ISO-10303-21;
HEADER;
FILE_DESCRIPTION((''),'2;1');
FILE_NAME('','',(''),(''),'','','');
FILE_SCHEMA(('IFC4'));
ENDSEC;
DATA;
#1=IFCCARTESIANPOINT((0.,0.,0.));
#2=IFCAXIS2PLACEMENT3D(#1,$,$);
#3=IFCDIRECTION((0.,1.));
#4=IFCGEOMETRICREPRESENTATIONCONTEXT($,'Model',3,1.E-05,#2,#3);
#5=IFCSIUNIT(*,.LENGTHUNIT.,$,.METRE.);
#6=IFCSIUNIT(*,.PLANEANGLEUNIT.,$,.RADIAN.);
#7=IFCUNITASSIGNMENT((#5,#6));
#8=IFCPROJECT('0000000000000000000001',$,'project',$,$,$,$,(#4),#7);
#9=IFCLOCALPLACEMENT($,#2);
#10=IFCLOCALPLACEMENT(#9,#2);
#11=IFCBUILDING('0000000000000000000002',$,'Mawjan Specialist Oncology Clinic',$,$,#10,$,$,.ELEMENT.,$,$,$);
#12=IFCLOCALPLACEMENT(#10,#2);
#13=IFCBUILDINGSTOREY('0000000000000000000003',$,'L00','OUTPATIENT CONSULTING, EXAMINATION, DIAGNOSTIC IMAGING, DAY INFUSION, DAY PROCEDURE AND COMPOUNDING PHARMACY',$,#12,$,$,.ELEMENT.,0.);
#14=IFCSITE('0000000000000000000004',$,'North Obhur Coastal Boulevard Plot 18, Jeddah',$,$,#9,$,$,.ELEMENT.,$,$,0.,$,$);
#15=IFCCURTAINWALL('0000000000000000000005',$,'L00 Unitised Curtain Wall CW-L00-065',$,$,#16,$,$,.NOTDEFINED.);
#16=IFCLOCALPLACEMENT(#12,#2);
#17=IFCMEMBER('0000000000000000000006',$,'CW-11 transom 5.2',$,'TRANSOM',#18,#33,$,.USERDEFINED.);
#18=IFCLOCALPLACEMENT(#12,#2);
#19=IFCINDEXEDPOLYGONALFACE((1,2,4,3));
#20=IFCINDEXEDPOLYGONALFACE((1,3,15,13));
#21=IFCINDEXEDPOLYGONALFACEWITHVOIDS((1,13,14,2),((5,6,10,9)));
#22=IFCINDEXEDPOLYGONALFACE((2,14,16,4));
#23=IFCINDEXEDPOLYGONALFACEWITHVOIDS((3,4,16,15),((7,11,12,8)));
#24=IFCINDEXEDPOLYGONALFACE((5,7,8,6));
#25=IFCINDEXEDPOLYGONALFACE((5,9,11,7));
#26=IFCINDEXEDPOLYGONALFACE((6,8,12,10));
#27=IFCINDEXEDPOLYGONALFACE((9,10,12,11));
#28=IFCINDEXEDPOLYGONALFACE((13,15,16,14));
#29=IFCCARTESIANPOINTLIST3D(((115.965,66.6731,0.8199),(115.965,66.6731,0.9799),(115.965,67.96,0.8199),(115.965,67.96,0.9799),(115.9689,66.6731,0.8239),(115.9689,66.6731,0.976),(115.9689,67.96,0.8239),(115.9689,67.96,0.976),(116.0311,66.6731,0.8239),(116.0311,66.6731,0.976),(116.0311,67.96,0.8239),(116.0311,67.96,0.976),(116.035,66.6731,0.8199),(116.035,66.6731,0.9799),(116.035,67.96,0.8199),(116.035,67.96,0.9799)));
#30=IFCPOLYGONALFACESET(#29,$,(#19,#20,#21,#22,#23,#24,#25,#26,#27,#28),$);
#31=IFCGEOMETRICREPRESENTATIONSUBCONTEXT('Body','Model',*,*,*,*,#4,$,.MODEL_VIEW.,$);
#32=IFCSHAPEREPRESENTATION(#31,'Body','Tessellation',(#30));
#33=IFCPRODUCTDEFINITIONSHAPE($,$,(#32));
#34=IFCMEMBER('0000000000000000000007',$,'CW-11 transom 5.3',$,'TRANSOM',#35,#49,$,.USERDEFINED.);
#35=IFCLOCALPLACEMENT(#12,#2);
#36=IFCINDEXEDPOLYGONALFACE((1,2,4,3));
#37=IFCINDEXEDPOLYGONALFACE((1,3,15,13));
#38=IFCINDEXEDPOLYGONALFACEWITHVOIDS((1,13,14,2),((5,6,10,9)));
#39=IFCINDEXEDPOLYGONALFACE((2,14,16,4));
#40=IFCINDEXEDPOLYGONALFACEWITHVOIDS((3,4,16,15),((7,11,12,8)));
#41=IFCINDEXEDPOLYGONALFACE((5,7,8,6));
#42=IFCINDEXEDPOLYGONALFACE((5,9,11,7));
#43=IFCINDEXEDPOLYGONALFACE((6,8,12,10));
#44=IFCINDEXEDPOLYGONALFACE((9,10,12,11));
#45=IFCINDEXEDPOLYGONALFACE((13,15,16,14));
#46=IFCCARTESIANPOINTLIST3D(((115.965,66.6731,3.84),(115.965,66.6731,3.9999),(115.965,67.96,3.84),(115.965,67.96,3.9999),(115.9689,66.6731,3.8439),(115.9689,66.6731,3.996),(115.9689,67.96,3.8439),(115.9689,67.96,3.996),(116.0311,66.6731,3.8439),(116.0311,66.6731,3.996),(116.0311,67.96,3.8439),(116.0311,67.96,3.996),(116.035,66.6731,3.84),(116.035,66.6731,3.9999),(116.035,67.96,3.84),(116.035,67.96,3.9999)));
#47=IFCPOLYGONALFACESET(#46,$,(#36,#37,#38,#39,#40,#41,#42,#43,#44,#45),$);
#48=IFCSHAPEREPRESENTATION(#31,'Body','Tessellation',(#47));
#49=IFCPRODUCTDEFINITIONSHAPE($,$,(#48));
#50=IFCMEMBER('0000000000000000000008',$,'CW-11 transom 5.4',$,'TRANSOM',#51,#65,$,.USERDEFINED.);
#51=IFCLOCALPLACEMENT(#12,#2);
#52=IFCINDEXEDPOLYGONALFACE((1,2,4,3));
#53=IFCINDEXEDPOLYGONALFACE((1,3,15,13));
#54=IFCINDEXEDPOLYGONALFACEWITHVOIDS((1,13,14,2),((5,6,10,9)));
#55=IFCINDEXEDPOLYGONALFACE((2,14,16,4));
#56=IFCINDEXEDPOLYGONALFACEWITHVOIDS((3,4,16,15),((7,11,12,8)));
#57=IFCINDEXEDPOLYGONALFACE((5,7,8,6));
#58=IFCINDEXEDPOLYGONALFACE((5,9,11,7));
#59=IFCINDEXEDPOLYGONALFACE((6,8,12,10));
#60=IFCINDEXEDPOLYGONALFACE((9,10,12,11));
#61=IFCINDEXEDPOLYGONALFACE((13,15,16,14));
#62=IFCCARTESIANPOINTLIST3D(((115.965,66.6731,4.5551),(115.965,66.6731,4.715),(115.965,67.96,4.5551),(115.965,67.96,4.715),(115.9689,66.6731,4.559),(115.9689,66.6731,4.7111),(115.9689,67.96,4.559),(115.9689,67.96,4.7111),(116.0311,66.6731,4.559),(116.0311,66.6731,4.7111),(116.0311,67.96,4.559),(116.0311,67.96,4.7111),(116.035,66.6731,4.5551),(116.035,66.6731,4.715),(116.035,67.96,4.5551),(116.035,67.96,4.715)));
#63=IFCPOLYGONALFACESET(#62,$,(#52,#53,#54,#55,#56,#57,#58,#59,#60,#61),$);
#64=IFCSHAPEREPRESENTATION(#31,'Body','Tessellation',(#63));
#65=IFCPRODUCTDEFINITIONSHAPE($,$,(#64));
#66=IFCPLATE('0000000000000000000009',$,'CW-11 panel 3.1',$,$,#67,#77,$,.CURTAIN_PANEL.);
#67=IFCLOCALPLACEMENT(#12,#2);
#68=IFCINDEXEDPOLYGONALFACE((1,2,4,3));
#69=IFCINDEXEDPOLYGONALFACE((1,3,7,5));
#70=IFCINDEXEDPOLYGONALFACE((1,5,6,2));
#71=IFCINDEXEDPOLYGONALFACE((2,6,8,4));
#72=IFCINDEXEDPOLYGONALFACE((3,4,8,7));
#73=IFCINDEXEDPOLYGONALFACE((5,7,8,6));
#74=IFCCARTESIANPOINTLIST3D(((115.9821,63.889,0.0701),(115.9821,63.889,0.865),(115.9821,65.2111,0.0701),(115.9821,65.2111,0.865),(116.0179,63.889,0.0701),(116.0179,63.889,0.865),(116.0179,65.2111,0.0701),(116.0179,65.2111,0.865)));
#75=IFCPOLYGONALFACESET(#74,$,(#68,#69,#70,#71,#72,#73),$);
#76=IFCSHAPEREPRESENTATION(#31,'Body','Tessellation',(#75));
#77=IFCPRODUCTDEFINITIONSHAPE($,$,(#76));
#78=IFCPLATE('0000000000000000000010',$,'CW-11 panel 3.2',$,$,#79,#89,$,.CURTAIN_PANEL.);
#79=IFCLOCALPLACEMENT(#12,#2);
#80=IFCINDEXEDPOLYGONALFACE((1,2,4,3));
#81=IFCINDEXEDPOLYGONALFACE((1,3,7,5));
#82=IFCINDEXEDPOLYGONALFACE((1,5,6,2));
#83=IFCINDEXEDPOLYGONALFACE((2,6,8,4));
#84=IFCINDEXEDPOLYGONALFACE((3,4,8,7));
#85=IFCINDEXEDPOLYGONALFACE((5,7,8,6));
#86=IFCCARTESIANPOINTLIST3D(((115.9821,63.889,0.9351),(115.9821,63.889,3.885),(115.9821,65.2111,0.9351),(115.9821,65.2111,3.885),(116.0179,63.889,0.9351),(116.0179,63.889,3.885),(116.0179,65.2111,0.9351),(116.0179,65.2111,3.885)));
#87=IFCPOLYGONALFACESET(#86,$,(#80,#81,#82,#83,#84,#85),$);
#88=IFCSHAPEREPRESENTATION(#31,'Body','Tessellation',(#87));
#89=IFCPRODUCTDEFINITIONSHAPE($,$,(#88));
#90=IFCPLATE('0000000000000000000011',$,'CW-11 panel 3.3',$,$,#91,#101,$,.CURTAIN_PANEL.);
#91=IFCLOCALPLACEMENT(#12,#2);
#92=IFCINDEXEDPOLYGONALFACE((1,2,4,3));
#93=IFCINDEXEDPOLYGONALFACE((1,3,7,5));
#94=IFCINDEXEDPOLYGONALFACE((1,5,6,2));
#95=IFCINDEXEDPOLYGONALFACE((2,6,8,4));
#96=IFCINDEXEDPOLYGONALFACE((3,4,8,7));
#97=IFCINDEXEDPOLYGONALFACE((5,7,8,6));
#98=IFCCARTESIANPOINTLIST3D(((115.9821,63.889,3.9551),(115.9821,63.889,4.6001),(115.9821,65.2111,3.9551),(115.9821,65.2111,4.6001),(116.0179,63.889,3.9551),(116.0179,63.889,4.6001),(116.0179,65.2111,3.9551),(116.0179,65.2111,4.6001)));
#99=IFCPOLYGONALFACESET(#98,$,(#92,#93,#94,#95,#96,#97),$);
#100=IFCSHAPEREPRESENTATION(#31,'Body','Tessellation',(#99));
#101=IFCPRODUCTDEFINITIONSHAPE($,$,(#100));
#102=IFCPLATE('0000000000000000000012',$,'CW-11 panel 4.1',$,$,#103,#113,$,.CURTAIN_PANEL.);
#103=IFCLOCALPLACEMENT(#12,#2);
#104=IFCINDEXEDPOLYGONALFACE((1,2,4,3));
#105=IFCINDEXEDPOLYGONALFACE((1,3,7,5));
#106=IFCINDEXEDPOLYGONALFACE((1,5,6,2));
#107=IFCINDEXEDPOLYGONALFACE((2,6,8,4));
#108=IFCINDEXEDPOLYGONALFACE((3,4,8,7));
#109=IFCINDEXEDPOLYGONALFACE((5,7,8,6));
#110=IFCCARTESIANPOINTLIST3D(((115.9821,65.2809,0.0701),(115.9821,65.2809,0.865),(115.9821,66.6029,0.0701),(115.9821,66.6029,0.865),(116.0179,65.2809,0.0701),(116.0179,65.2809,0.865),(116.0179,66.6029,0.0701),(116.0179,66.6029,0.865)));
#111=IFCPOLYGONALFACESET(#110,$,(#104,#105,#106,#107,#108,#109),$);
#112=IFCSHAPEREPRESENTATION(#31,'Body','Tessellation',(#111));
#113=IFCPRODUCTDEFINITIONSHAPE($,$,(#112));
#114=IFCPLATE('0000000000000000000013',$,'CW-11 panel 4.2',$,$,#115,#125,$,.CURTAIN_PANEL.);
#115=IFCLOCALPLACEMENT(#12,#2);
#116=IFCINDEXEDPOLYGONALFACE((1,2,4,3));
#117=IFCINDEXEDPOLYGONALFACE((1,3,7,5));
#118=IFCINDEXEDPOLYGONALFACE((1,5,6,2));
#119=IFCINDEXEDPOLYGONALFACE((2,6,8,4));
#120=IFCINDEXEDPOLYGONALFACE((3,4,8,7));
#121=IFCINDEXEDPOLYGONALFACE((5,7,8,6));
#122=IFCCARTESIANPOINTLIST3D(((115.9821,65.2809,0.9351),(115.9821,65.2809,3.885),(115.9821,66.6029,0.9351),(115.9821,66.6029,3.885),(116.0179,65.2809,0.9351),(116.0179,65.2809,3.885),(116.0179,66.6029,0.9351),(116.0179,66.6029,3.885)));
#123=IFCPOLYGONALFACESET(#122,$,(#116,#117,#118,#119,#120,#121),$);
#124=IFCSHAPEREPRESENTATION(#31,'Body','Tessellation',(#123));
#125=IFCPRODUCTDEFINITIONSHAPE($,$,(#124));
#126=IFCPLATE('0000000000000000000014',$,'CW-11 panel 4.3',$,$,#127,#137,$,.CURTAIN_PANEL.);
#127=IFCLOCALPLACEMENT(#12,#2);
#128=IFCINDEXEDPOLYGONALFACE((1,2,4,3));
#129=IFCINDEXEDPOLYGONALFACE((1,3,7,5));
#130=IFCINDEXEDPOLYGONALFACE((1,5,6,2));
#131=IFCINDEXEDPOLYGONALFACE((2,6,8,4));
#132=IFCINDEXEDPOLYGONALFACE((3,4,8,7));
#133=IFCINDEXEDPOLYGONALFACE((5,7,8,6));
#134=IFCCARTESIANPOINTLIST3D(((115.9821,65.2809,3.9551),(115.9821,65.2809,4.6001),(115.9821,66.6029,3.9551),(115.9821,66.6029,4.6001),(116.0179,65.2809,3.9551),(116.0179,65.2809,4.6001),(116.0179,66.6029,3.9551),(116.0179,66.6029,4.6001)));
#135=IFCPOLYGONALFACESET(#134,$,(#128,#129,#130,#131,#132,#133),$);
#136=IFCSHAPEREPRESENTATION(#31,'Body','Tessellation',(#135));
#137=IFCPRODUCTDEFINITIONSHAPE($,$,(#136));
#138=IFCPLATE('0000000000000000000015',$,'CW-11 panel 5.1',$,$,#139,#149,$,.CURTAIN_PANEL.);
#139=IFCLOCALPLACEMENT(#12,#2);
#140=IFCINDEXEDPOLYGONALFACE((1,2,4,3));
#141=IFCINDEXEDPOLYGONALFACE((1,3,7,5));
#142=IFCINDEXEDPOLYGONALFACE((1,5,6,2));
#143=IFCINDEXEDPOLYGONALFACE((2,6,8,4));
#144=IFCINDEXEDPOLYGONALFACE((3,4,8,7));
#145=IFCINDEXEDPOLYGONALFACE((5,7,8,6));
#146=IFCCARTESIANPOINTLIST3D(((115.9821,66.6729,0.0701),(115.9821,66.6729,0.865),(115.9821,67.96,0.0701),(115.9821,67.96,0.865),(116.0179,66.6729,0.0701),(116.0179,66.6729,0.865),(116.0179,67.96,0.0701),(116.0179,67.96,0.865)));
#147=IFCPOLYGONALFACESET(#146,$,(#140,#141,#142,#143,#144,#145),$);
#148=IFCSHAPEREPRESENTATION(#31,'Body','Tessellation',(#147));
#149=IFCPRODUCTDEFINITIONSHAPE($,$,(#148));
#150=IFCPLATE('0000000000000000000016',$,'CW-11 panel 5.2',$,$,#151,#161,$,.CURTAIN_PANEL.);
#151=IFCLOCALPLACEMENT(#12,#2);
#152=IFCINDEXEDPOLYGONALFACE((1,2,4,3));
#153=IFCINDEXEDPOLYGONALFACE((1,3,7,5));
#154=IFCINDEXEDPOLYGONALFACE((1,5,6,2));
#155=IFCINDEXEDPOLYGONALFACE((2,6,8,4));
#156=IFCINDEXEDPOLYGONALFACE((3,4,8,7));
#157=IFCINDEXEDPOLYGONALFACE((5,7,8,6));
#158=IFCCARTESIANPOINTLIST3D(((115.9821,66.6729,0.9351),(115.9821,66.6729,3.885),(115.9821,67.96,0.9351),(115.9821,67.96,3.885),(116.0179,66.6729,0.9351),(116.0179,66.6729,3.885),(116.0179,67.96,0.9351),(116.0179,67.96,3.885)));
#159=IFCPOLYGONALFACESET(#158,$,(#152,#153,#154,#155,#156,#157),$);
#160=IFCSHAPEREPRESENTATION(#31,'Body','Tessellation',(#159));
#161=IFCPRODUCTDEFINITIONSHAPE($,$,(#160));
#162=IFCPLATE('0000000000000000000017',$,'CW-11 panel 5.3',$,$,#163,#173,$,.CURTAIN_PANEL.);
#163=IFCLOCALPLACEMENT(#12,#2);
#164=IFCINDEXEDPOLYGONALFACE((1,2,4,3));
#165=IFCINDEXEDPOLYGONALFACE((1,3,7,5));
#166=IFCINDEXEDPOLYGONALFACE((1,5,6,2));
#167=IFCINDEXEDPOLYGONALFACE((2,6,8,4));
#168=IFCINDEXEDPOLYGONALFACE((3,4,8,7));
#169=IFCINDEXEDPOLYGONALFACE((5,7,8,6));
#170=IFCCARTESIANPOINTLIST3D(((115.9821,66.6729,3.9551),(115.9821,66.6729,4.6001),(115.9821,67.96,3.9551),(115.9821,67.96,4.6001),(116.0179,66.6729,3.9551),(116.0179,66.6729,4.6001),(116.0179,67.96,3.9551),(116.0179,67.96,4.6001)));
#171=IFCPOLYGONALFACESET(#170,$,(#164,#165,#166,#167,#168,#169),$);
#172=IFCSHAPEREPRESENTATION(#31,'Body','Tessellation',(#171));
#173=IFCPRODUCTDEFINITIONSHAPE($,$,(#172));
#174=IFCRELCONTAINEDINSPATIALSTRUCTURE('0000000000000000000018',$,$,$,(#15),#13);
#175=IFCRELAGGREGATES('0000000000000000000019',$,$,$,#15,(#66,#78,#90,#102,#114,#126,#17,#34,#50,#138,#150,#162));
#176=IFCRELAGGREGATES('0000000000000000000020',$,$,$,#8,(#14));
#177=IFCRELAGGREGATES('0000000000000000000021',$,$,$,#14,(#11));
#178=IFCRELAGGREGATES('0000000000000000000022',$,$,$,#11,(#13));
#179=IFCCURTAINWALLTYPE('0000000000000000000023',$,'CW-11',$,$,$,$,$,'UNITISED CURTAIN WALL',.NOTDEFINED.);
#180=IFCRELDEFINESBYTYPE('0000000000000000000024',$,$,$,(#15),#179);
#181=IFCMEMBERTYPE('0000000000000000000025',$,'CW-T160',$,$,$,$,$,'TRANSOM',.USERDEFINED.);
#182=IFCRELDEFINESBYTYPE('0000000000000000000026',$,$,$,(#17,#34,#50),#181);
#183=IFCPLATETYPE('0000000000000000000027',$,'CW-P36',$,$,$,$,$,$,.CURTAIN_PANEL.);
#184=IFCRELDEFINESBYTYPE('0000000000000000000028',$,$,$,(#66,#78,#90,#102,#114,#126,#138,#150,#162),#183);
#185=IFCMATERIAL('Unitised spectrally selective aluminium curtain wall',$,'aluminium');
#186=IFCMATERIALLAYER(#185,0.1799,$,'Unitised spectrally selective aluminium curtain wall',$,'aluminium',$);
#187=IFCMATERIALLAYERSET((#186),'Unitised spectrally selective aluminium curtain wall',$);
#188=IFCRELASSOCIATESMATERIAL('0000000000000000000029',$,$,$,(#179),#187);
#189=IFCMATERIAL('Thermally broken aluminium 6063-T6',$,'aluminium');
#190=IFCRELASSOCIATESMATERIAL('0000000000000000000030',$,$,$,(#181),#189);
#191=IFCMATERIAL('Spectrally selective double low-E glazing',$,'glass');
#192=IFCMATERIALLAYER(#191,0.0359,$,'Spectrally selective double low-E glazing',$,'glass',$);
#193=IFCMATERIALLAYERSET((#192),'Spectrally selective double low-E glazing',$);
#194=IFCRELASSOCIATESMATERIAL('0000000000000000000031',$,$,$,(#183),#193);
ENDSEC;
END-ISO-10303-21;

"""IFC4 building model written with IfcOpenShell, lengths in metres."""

from ifc_helpers import new_model, si_unit, direction, frame, origin, origin_2d, place, context, subcontext, project, spatial, rectangle, hollow_rectangle, extrude, material, layer, layer_set, material_profile, profile_set, type_object, element, aggregate, save


model = new_model("IFC4")

# Units and contexts
model_context = context("Model", 3, precision=1e-05, world=origin(), true_north=direction((0.0, 1.0)))
body_context = subcontext(model_context, "Body", "Model", "MODEL_VIEW")
ifc_project = project(units=[si_unit("LENGTHUNIT", "METRE"), si_unit("PLANEANGLEUNIT", "RADIAN")], contexts=[model_context])

# Site, building, storey
site_placement = place(None, origin())
site = spatial("IfcSite", under=ifc_project, at=site_placement, Name="North Obhur Coastal Boulevard Plot 18, Jeddah", CompositionType="ELEMENT", RefElevation=0.0)
building_placement = place(site_placement, origin())
building = spatial("IfcBuilding", under=site, at=building_placement, Name="Mawjan Specialist Oncology Clinic", CompositionType="ELEMENT")
storey_placement = place(building_placement, origin())
storey = spatial("IfcBuildingStorey", under=building, at=storey_placement, Name="L00", Description="OUTPATIENT CONSULTING, EXAMINATION, DIAGNOSTIC IMAGING, DAY INFUSION, DAY PROCEDURE AND COMPOUNDING PHARMACY", CompositionType="ELEMENT", Elevation=0.0)

# Curtain wall, members, plates
ifc_material_1 = material(Name="Unitised spectrally selective aluminium curtain wall", Category="aluminium")
ifc_layer_1 = layer(ifc_material_1, 0.1799, Name="Unitised spectrally selective aluminium curtain wall", Category="aluminium")
ifc_layer_set_1 = layer_set([ifc_layer_1], Name="Unitised spectrally selective aluminium curtain wall")
curtain_wall_type = type_object("IfcCurtainWallType", Name="CW-11", ElementType="UNITISED CURTAIN WALL", PredefinedType="NOTDEFINED", material=ifc_layer_set_1)
curtain_wall_placement = place(storey_placement, origin())
curtain_wall = element("IfcCurtainWall", 1, at=curtain_wall_placement, inside=storey, type_object=curtain_wall_type, Name="L00 Unitised Curtain Wall CW-L00-065", PredefinedType="NOTDEFINED")
ifc_material_2 = material(Name="Thermally broken aluminium 6063-T6", Category="aluminium")
ifc_material_profile_1 = material_profile(ifc_material_2, hollow_rectangle(XDim=0.0701, YDim=0.1599, WallThickness=0.0039, at=origin_2d()), Name="ALU TRANSOM 160x70x4", Category="aluminium")
ifc_profile_set_1 = profile_set([ifc_material_profile_1], Name="Thermally broken aluminium 6063-T6")
member_type_1 = type_object("IfcMemberType", Name="CW-T160", ElementType="TRANSOM", PredefinedType="USERDEFINED", material=ifc_profile_set_1)
member_1_placement = place(storey_placement, frame((116.0, 66.6731, 0.8999), z_axis=(0.0, 1.0, 0.0), x_axis=(-1.0, 0.0, 0.0)))
member_1 = element("IfcMember", 2, at=member_1_placement, type_object=member_type_1, Name="CW-11 transom 5.2", ObjectType="TRANSOM", PredefinedType="USERDEFINED", context=body_context, shape_type="SweptSolid", body=[
    extrude(hollow_rectangle(XDim=0.0701, YDim=0.1599, WallThickness=0.0039, at=origin_2d()), origin(), (0.0, 0.0, 1.0), 1.2869),
])
member_2_placement = place(storey_placement, frame((116.0, 66.6731, 3.9199), z_axis=(0.0, 1.0, 0.0), x_axis=(-1.0, 0.0, 0.0)))
member_2 = element("IfcMember", 3, at=member_2_placement, type_object=member_type_1, Name="CW-11 transom 5.3", ObjectType="TRANSOM", PredefinedType="USERDEFINED", context=body_context, shape_type="SweptSolid", body=[
    extrude(hollow_rectangle(XDim=0.0701, YDim=0.1599, WallThickness=0.0039, at=origin_2d()), origin(), (0.0, 0.0, 1.0), 1.2869),
])
member_3_placement = place(storey_placement, frame((116.0, 66.6731, 4.635), z_axis=(0.0, 1.0, 0.0), x_axis=(-1.0, 0.0, 0.0)))
member_3 = element("IfcMember", 4, at=member_3_placement, type_object=member_type_1, Name="CW-11 transom 5.4", ObjectType="TRANSOM", PredefinedType="USERDEFINED", context=body_context, shape_type="SweptSolid", body=[
    extrude(hollow_rectangle(XDim=0.0701, YDim=0.1599, WallThickness=0.0039, at=origin_2d()), origin(), (0.0, 0.0, 1.0), 1.2869),
])
ifc_material_3 = material(Name="Spectrally selective double low-E glazing", Category="glass")
ifc_layer_2 = layer(ifc_material_3, 0.0359, Name="Spectrally selective double low-E glazing", Category="glass")
ifc_layer_set_2 = layer_set([ifc_layer_2], Name="Spectrally selective double low-E glazing")
plate_type = type_object("IfcPlateType", Name="CW-P36", PredefinedType="CURTAIN_PANEL", material=ifc_layer_set_2)
plate_1_placement = place(storey_placement, frame((116.0, 64.55, 0.0701), z_axis=(0.0, 0.0, 1.0), x_axis=(0.0, 1.0, 0.0)))
plate_1 = element("IfcPlate", 5, at=plate_1_placement, type_object=plate_type, Name="CW-11 panel 3.1", PredefinedType="CURTAIN_PANEL", context=body_context, shape_type="SweptSolid", body=[
    extrude(rectangle(XDim=1.322, YDim=0.0359, at=origin_2d()), origin(), (0.0, 0.0, 1.0), 0.7949),
])
plate_2_placement = place(storey_placement, frame((116.0, 64.55, 0.9351), z_axis=(0.0, 0.0, 1.0), x_axis=(0.0, 1.0, 0.0)))
plate_2 = element("IfcPlate", 6, at=plate_2_placement, type_object=plate_type, Name="CW-11 panel 3.2", PredefinedType="CURTAIN_PANEL", context=body_context, shape_type="SweptSolid", body=[
    extrude(rectangle(XDim=1.322, YDim=0.0359, at=origin_2d()), origin(), (0.0, 0.0, 1.0), 2.95),
])
plate_3_placement = place(storey_placement, frame((116.0, 64.55, 3.9551), z_axis=(0.0, 0.0, 1.0), x_axis=(0.0, 1.0, 0.0)))
plate_3 = element("IfcPlate", 7, at=plate_3_placement, type_object=plate_type, Name="CW-11 panel 3.3", PredefinedType="CURTAIN_PANEL", context=body_context, shape_type="SweptSolid", body=[
    extrude(rectangle(XDim=1.322, YDim=0.0359, at=origin_2d()), origin(), (0.0, 0.0, 1.0), 0.645),
])
plate_4_placement = place(storey_placement, frame((116.0, 65.9419, 0.0701), z_axis=(0.0, 0.0, 1.0), x_axis=(0.0, 1.0, 0.0)))
plate_4 = element("IfcPlate", 8, at=plate_4_placement, type_object=plate_type, Name="CW-11 panel 4.1", PredefinedType="CURTAIN_PANEL", context=body_context, shape_type="SweptSolid", body=[
    extrude(rectangle(XDim=1.322, YDim=0.0359, at=origin_2d()), origin(), (0.0, 0.0, 1.0), 0.7949),
])
plate_5_placement = place(storey_placement, frame((116.0, 65.9419, 0.9351), z_axis=(0.0, 0.0, 1.0), x_axis=(0.0, 1.0, 0.0)))
plate_5 = element("IfcPlate", 9, at=plate_5_placement, type_object=plate_type, Name="CW-11 panel 4.2", PredefinedType="CURTAIN_PANEL", context=body_context, shape_type="SweptSolid", body=[
    extrude(rectangle(XDim=1.322, YDim=0.0359, at=origin_2d()), origin(), (0.0, 0.0, 1.0), 2.95),
])
plate_6_placement = place(storey_placement, frame((116.0, 65.9419, 3.9551), z_axis=(0.0, 0.0, 1.0), x_axis=(0.0, 1.0, 0.0)))
plate_6 = element("IfcPlate", 10, at=plate_6_placement, type_object=plate_type, Name="CW-11 panel 4.3", PredefinedType="CURTAIN_PANEL", context=body_context, shape_type="SweptSolid", body=[
    extrude(rectangle(XDim=1.322, YDim=0.0359, at=origin_2d()), origin(), (0.0, 0.0, 1.0), 0.645),
])
plate_7_placement = place(storey_placement, frame((116.0, 67.3164, 0.0701), z_axis=(0.0, 0.0, 1.0), x_axis=(0.0, 1.0, 0.0)))
plate_7 = element("IfcPlate", 11, at=plate_7_placement, type_object=plate_type, Name="CW-11 panel 5.1", PredefinedType="CURTAIN_PANEL", context=body_context, shape_type="SweptSolid", body=[
    extrude(rectangle(XDim=1.2871, YDim=0.0359, at=origin_2d()), origin(), (0.0, 0.0, 1.0), 0.7949),
])
plate_8_placement = place(storey_placement, frame((116.0, 67.3164, 0.9351), z_axis=(0.0, 0.0, 1.0), x_axis=(0.0, 1.0, 0.0)))
plate_8 = element("IfcPlate", 12, at=plate_8_placement, type_object=plate_type, Name="CW-11 panel 5.2", PredefinedType="CURTAIN_PANEL", context=body_context, shape_type="SweptSolid", body=[
    extrude(rectangle(XDim=1.2871, YDim=0.0359, at=origin_2d()), origin(), (0.0, 0.0, 1.0), 2.95),
])
plate_9_placement = place(storey_placement, frame((116.0, 67.3164, 3.9551), z_axis=(0.0, 0.0, 1.0), x_axis=(0.0, 1.0, 0.0)))
plate_9 = element("IfcPlate", 13, at=plate_9_placement, type_object=plate_type, Name="CW-11 panel 5.3", PredefinedType="CURTAIN_PANEL", context=body_context, shape_type="SweptSolid", body=[
    extrude(rectangle(XDim=1.2871, YDim=0.0359, at=origin_2d()), origin(), (0.0, 0.0, 1.0), 0.645),
])
aggregate(curtain_wall, [plate_1, plate_2, plate_3, plate_4, plate_5, plate_6, member_1, member_2, member_3, plate_7, plate_8, plate_9])

save(model, "model.ifc")
